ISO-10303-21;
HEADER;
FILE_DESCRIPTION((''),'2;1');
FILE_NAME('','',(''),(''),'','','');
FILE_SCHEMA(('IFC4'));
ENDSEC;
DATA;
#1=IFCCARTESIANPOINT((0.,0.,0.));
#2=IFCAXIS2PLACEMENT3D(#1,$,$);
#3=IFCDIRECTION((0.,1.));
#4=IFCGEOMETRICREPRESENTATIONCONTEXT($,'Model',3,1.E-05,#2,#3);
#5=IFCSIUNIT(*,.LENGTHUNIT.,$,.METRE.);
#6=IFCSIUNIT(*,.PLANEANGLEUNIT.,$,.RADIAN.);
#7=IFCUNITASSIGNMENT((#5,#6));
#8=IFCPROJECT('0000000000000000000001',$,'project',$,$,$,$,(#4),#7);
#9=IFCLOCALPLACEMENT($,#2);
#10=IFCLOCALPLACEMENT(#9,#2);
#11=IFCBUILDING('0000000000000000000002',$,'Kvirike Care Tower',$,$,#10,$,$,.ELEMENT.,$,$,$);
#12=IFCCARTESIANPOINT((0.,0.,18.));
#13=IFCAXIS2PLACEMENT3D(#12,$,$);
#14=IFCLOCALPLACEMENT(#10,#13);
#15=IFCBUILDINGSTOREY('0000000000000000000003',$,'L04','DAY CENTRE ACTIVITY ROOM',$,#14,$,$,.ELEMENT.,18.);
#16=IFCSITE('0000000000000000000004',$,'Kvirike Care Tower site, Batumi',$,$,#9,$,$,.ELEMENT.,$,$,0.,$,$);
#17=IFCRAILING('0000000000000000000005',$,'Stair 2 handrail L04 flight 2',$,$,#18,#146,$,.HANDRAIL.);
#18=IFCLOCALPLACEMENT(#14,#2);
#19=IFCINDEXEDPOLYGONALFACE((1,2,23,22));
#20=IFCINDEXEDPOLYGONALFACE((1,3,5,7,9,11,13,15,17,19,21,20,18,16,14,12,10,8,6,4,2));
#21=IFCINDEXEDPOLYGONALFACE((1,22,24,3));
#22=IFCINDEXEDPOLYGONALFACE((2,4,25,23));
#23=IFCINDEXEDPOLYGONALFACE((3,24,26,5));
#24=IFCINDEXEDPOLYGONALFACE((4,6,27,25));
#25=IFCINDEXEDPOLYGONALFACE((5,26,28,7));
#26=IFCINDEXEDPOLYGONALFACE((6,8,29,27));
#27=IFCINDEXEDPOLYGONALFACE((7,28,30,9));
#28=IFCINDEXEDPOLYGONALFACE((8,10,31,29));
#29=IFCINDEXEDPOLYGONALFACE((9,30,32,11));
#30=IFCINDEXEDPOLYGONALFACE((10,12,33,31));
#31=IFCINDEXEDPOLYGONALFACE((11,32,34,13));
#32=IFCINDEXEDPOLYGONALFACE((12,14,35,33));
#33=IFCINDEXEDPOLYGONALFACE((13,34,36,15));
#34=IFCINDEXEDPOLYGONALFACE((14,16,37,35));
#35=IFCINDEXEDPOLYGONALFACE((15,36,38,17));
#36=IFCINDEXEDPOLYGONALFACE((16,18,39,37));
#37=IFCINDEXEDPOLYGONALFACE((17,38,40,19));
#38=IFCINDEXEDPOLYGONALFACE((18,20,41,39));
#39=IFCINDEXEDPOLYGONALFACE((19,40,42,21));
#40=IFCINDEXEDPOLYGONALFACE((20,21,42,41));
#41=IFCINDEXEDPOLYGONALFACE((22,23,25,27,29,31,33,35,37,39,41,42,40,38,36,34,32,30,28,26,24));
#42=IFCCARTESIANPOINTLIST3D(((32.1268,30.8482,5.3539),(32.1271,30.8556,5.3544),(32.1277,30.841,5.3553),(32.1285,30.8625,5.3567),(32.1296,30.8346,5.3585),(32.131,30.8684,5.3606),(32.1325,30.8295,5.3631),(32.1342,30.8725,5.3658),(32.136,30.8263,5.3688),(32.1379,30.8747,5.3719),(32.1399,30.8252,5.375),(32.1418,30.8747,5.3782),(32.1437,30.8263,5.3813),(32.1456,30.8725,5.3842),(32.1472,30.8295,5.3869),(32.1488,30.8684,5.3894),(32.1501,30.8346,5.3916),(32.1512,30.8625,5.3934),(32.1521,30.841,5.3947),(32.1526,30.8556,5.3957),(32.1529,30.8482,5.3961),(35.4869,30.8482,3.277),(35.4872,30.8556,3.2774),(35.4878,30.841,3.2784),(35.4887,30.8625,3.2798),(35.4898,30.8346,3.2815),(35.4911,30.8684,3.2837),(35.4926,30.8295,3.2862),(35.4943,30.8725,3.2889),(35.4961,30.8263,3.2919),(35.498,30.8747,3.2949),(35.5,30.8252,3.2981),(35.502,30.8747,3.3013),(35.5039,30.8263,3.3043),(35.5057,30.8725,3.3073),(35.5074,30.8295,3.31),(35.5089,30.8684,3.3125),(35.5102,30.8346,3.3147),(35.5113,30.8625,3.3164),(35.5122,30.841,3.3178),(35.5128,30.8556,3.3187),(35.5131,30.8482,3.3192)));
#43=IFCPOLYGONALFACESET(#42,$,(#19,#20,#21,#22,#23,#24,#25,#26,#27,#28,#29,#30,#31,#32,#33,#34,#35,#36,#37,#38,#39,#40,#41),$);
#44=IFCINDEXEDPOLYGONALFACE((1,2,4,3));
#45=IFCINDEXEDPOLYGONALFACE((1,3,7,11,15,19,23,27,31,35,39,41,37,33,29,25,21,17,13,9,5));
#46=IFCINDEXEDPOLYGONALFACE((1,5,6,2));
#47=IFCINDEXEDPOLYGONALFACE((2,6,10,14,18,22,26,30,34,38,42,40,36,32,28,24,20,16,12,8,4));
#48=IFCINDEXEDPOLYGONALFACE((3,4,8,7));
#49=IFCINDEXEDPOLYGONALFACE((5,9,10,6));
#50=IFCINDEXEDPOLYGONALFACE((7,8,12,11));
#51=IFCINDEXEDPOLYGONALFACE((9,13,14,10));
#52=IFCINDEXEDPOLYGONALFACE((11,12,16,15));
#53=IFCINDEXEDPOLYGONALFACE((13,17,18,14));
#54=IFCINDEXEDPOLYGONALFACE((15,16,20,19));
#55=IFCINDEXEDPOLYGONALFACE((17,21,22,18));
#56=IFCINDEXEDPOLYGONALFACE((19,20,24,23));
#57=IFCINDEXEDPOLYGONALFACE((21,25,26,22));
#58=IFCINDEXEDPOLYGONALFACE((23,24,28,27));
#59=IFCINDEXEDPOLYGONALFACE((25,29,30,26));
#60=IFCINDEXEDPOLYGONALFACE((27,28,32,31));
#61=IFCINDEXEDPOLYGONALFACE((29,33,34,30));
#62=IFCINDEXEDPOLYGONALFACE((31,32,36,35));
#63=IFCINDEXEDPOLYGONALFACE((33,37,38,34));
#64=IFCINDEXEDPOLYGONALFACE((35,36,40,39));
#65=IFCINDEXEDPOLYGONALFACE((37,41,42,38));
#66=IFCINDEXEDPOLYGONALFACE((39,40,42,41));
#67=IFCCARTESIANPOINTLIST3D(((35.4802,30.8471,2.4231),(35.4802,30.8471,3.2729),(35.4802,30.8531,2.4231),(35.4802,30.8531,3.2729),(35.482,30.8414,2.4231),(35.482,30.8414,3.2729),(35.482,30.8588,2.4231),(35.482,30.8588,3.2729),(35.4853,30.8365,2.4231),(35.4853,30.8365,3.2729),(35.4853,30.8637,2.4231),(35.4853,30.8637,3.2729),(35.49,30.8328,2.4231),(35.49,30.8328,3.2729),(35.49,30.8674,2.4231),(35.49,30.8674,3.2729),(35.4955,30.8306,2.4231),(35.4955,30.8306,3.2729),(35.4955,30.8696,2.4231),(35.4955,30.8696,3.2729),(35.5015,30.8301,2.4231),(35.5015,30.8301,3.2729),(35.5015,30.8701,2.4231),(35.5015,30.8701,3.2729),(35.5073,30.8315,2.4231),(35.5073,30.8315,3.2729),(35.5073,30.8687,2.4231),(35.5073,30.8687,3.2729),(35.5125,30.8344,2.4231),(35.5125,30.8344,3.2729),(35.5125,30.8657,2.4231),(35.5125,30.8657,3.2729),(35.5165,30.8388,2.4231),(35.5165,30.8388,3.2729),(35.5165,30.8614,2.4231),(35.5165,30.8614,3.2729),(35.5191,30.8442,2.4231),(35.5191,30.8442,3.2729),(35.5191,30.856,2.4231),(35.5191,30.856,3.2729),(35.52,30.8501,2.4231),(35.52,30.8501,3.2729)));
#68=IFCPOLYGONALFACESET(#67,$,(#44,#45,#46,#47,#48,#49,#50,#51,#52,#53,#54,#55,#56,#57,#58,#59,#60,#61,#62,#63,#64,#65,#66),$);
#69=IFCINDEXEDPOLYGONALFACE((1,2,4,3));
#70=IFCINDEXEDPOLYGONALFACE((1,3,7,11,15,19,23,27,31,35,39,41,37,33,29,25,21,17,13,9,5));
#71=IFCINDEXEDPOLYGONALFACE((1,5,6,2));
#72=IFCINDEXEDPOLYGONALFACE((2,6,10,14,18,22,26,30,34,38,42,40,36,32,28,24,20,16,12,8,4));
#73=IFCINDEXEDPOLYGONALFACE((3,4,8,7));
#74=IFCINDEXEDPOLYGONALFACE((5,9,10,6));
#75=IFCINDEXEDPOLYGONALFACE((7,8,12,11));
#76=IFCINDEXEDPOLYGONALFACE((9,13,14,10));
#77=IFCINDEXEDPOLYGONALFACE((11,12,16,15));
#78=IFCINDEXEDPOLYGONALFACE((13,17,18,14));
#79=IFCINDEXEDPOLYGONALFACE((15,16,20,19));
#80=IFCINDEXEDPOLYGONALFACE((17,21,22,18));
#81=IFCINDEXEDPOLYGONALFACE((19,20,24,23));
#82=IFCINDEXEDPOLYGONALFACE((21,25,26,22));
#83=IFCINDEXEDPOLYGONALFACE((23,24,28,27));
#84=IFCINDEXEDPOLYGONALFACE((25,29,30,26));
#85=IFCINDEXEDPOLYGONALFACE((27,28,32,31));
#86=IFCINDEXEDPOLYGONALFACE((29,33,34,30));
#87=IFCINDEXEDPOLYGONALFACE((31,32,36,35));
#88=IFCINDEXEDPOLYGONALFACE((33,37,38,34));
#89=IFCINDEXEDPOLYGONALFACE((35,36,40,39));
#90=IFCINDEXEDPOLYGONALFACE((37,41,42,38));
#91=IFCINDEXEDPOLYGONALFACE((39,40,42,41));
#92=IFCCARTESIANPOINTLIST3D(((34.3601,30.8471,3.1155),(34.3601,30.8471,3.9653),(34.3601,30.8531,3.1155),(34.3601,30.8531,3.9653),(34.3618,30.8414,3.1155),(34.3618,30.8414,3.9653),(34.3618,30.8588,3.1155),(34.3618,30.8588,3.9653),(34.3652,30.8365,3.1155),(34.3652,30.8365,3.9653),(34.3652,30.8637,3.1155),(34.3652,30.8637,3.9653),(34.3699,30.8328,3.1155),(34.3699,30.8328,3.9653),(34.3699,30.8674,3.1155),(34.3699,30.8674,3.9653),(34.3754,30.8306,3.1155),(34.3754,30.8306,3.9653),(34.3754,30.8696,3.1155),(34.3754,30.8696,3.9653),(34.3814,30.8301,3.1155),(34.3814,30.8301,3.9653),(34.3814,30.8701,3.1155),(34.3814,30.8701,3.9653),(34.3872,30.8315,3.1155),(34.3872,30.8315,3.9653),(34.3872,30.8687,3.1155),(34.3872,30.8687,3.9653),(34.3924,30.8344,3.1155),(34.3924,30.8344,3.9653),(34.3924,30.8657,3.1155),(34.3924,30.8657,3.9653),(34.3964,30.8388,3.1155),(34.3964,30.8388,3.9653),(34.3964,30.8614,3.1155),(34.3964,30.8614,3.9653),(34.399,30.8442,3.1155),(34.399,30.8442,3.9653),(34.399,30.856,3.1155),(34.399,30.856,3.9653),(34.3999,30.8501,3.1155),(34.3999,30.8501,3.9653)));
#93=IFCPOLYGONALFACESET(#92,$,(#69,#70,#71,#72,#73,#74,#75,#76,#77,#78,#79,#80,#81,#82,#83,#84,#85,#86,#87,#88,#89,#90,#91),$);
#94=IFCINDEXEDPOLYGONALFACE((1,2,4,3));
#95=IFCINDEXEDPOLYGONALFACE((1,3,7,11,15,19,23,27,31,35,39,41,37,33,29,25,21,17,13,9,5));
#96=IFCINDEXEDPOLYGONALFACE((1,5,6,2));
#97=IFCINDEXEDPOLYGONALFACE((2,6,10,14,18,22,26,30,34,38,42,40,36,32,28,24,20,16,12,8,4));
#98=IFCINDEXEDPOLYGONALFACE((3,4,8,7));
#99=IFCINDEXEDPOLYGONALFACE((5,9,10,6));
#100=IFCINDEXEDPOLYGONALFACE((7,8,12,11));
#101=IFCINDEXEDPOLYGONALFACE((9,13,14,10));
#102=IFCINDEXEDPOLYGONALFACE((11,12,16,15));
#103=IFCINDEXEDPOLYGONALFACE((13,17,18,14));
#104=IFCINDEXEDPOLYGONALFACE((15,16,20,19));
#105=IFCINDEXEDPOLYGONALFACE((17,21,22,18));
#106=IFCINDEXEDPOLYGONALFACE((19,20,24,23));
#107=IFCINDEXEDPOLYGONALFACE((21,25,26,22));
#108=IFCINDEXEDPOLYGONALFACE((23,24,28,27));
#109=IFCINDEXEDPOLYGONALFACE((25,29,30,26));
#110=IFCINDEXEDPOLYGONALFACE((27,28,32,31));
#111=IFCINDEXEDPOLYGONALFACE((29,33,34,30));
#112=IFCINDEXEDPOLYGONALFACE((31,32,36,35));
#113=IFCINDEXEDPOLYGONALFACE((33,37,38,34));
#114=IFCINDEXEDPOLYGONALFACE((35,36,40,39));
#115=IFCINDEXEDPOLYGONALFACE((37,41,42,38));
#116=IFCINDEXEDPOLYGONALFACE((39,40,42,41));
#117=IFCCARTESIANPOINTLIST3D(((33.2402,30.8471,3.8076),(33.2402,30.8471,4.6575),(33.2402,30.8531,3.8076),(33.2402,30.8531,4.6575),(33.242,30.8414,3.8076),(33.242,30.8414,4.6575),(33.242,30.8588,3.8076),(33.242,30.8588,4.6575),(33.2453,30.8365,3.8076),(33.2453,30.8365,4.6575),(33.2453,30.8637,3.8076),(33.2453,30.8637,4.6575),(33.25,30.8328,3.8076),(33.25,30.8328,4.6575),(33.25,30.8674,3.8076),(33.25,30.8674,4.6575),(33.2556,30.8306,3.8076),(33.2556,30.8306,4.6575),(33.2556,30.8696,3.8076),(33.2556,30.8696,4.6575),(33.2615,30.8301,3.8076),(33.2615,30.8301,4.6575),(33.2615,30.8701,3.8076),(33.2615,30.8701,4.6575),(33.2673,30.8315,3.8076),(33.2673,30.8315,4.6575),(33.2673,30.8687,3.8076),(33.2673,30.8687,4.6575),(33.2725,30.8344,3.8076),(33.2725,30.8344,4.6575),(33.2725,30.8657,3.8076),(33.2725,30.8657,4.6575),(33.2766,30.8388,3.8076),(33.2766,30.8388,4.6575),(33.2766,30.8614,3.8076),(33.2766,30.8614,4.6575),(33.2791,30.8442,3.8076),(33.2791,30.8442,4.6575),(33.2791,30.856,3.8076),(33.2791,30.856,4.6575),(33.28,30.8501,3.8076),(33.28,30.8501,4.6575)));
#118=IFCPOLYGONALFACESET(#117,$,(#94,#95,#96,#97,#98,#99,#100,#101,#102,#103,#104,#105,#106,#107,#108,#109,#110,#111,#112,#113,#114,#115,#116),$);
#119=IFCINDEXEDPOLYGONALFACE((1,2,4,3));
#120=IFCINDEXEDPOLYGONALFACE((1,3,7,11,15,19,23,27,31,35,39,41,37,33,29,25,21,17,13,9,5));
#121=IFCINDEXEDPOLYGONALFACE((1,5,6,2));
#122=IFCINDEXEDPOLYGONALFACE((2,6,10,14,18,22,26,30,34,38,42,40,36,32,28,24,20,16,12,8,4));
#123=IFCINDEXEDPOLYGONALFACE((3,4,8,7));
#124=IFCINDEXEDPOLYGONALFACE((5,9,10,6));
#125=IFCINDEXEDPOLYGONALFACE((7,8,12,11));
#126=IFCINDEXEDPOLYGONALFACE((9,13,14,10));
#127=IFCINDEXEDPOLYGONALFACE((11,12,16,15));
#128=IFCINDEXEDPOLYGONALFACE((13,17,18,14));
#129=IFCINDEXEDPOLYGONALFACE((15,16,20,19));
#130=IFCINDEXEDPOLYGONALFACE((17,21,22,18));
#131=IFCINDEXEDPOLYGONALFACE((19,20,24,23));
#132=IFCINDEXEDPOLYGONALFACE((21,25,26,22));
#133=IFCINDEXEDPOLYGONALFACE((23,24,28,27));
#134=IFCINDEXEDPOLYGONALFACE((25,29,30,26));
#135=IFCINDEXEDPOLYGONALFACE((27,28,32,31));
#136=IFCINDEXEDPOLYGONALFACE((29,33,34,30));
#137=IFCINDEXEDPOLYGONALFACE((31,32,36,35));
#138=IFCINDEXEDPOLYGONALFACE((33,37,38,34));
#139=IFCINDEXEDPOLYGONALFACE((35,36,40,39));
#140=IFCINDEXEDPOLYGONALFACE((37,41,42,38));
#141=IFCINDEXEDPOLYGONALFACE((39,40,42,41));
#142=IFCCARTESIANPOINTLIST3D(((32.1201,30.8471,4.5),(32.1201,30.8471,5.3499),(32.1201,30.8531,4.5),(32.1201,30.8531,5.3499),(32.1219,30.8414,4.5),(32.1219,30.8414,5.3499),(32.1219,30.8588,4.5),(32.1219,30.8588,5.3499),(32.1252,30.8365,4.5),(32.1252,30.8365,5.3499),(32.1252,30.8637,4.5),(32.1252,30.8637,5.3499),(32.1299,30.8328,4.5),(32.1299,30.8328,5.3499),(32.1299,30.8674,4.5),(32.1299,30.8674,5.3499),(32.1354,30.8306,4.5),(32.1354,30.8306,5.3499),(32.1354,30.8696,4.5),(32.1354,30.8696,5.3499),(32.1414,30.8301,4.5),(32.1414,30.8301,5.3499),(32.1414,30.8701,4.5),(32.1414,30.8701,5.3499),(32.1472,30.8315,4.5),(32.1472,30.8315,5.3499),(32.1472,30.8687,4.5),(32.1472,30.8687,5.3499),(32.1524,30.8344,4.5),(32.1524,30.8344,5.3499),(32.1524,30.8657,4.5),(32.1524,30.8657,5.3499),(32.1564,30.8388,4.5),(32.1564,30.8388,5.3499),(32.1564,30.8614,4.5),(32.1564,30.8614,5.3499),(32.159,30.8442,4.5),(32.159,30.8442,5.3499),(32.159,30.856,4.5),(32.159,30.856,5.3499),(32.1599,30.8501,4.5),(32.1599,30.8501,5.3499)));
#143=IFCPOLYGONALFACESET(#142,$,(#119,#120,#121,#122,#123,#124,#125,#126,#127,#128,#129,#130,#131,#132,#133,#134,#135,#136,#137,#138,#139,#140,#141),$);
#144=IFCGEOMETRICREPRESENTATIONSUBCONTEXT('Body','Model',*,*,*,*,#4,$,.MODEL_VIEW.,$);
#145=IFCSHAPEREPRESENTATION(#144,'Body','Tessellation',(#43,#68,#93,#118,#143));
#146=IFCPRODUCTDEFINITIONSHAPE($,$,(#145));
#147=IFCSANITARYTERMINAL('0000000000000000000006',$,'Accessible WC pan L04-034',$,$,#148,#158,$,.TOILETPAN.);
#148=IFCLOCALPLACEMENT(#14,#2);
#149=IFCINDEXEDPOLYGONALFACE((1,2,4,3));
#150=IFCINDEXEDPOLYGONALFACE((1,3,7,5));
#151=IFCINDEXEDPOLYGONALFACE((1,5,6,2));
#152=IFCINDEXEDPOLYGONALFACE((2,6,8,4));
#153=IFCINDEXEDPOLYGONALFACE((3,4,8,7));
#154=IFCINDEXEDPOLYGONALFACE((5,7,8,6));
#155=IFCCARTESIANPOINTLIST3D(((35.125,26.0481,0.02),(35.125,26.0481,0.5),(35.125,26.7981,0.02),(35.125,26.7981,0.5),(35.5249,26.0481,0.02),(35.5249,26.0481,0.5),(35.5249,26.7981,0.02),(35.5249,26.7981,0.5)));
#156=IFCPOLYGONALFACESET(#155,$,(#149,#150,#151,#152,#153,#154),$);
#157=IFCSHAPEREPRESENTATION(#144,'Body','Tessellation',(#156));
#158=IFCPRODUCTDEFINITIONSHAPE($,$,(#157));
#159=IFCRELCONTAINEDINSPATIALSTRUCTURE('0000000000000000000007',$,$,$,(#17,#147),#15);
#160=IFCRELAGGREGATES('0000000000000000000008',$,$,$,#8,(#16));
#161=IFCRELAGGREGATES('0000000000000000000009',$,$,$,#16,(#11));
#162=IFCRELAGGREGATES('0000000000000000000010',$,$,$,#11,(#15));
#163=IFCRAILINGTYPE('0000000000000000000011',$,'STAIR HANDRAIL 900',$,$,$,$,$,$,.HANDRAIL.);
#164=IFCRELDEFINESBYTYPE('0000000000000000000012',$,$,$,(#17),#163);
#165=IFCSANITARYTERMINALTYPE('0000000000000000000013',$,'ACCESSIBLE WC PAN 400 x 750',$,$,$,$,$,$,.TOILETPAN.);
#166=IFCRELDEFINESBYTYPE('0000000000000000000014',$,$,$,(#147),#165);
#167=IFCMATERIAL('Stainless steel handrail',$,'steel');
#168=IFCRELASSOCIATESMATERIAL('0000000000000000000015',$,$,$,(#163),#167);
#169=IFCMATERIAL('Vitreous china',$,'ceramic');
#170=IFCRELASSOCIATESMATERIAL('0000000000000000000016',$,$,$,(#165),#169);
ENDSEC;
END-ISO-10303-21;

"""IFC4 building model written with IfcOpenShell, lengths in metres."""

from ifc_helpers import new_model, si_unit, direction, frame, origin, origin_2d, place, context, subcontext, project, spatial, rectangle, circle, extrude, material, type_object, element, save


model = new_model("IFC4")

# Units and contexts
model_context = context("Model", 3, precision=1e-05, world=origin(), true_north=direction((0.0, 1.0)))
body_context = subcontext(model_context, "Body", "Model", "MODEL_VIEW")
ifc_project = project(units=[si_unit("LENGTHUNIT", "METRE"), si_unit("PLANEANGLEUNIT", "RADIAN")], contexts=[model_context])

# Site, building, storey
site_placement = place(None, origin())
site = spatial("IfcSite", under=ifc_project, at=site_placement, Name="Kvirike Care Tower site, Batumi", CompositionType="ELEMENT", RefElevation=0.0)
building_placement = place(site_placement, origin())
building = spatial("IfcBuilding", under=site, at=building_placement, Name="Kvirike Care Tower", CompositionType="ELEMENT")
storey_placement = place(building_placement, frame((0.0, 0.0, 18.0)))
storey = spatial("IfcBuildingStorey", under=building, at=storey_placement, Name="L04", Description="DAY CENTRE ACTIVITY ROOM", CompositionType="ELEMENT", Elevation=18.0)

# Railing
ifc_material_1 = material(Name="Stainless steel handrail", Category="steel")
railing_type = type_object("IfcRailingType", Name="STAIR HANDRAIL 900", PredefinedType="HANDRAIL", material=ifc_material_1)
railing_1_placement = place(storey_placement, frame((35.5, 30.8501, 2.4231)))
element("IfcRailing", 1, at=railing_1_placement, inside=storey, type_object=railing_type, Name="Stair 2 handrail L04 flight 2", PredefinedType="HANDRAIL", context=body_context, shape_type="SweptSolid", body=[
    extrude(circle(Radius=0.0249, at=origin_2d()), frame((0.0, 0.0, 0.875), z_axis=(-0.850623, 0.0, 0.525776), x_axis=(0.0, -1.0, 0.0)), (0.0, 0.0, 1.0), 3.9502),
    extrude(circle(Radius=0.02, at=origin_2d()), origin(), (0.0, 0.0, 1.0), 0.8499),
    extrude(circle(Radius=0.02, at=origin_2d()), frame((-1.1201, 0.0, 0.6924)), (0.0, 0.0, 1.0), 0.8499),
    extrude(circle(Radius=0.02, at=origin_2d()), frame((-2.24, 0.0, 1.3845)), (0.0, 0.0, 1.0), 0.8499),
    extrude(circle(Radius=0.02, at=origin_2d()), frame((-3.3601, 0.0, 2.0769)), (0.0, 0.0, 1.0), 0.8499),
])

# Sanitary terminal
ifc_material_2 = material(Name="Vitreous china", Category="ceramic")
sanitary_terminal_type = type_object("IfcSanitaryTerminalType", Name="ACCESSIBLE WC PAN 400 x 750", PredefinedType="TOILETPAN", material=ifc_material_2)
sanitary_terminal_placement = place(storey_placement, frame((35.325, 26.4231, 0.02), z_axis=(0.0, 0.0, 1.0), x_axis=(1.0, 0.0, 0.0)))
element("IfcSanitaryTerminal", 2, at=sanitary_terminal_placement, inside=storey, type_object=sanitary_terminal_type, Name="Accessible WC pan L04-034", PredefinedType="TOILETPAN", context=body_context, shape_type="SweptSolid", body=[
    extrude(rectangle(XDim=0.3999, YDim=0.75, at=origin_2d()), origin(), (0.0, 0.0, 1.0), 0.48),
])

save(model, "model.ifc")
